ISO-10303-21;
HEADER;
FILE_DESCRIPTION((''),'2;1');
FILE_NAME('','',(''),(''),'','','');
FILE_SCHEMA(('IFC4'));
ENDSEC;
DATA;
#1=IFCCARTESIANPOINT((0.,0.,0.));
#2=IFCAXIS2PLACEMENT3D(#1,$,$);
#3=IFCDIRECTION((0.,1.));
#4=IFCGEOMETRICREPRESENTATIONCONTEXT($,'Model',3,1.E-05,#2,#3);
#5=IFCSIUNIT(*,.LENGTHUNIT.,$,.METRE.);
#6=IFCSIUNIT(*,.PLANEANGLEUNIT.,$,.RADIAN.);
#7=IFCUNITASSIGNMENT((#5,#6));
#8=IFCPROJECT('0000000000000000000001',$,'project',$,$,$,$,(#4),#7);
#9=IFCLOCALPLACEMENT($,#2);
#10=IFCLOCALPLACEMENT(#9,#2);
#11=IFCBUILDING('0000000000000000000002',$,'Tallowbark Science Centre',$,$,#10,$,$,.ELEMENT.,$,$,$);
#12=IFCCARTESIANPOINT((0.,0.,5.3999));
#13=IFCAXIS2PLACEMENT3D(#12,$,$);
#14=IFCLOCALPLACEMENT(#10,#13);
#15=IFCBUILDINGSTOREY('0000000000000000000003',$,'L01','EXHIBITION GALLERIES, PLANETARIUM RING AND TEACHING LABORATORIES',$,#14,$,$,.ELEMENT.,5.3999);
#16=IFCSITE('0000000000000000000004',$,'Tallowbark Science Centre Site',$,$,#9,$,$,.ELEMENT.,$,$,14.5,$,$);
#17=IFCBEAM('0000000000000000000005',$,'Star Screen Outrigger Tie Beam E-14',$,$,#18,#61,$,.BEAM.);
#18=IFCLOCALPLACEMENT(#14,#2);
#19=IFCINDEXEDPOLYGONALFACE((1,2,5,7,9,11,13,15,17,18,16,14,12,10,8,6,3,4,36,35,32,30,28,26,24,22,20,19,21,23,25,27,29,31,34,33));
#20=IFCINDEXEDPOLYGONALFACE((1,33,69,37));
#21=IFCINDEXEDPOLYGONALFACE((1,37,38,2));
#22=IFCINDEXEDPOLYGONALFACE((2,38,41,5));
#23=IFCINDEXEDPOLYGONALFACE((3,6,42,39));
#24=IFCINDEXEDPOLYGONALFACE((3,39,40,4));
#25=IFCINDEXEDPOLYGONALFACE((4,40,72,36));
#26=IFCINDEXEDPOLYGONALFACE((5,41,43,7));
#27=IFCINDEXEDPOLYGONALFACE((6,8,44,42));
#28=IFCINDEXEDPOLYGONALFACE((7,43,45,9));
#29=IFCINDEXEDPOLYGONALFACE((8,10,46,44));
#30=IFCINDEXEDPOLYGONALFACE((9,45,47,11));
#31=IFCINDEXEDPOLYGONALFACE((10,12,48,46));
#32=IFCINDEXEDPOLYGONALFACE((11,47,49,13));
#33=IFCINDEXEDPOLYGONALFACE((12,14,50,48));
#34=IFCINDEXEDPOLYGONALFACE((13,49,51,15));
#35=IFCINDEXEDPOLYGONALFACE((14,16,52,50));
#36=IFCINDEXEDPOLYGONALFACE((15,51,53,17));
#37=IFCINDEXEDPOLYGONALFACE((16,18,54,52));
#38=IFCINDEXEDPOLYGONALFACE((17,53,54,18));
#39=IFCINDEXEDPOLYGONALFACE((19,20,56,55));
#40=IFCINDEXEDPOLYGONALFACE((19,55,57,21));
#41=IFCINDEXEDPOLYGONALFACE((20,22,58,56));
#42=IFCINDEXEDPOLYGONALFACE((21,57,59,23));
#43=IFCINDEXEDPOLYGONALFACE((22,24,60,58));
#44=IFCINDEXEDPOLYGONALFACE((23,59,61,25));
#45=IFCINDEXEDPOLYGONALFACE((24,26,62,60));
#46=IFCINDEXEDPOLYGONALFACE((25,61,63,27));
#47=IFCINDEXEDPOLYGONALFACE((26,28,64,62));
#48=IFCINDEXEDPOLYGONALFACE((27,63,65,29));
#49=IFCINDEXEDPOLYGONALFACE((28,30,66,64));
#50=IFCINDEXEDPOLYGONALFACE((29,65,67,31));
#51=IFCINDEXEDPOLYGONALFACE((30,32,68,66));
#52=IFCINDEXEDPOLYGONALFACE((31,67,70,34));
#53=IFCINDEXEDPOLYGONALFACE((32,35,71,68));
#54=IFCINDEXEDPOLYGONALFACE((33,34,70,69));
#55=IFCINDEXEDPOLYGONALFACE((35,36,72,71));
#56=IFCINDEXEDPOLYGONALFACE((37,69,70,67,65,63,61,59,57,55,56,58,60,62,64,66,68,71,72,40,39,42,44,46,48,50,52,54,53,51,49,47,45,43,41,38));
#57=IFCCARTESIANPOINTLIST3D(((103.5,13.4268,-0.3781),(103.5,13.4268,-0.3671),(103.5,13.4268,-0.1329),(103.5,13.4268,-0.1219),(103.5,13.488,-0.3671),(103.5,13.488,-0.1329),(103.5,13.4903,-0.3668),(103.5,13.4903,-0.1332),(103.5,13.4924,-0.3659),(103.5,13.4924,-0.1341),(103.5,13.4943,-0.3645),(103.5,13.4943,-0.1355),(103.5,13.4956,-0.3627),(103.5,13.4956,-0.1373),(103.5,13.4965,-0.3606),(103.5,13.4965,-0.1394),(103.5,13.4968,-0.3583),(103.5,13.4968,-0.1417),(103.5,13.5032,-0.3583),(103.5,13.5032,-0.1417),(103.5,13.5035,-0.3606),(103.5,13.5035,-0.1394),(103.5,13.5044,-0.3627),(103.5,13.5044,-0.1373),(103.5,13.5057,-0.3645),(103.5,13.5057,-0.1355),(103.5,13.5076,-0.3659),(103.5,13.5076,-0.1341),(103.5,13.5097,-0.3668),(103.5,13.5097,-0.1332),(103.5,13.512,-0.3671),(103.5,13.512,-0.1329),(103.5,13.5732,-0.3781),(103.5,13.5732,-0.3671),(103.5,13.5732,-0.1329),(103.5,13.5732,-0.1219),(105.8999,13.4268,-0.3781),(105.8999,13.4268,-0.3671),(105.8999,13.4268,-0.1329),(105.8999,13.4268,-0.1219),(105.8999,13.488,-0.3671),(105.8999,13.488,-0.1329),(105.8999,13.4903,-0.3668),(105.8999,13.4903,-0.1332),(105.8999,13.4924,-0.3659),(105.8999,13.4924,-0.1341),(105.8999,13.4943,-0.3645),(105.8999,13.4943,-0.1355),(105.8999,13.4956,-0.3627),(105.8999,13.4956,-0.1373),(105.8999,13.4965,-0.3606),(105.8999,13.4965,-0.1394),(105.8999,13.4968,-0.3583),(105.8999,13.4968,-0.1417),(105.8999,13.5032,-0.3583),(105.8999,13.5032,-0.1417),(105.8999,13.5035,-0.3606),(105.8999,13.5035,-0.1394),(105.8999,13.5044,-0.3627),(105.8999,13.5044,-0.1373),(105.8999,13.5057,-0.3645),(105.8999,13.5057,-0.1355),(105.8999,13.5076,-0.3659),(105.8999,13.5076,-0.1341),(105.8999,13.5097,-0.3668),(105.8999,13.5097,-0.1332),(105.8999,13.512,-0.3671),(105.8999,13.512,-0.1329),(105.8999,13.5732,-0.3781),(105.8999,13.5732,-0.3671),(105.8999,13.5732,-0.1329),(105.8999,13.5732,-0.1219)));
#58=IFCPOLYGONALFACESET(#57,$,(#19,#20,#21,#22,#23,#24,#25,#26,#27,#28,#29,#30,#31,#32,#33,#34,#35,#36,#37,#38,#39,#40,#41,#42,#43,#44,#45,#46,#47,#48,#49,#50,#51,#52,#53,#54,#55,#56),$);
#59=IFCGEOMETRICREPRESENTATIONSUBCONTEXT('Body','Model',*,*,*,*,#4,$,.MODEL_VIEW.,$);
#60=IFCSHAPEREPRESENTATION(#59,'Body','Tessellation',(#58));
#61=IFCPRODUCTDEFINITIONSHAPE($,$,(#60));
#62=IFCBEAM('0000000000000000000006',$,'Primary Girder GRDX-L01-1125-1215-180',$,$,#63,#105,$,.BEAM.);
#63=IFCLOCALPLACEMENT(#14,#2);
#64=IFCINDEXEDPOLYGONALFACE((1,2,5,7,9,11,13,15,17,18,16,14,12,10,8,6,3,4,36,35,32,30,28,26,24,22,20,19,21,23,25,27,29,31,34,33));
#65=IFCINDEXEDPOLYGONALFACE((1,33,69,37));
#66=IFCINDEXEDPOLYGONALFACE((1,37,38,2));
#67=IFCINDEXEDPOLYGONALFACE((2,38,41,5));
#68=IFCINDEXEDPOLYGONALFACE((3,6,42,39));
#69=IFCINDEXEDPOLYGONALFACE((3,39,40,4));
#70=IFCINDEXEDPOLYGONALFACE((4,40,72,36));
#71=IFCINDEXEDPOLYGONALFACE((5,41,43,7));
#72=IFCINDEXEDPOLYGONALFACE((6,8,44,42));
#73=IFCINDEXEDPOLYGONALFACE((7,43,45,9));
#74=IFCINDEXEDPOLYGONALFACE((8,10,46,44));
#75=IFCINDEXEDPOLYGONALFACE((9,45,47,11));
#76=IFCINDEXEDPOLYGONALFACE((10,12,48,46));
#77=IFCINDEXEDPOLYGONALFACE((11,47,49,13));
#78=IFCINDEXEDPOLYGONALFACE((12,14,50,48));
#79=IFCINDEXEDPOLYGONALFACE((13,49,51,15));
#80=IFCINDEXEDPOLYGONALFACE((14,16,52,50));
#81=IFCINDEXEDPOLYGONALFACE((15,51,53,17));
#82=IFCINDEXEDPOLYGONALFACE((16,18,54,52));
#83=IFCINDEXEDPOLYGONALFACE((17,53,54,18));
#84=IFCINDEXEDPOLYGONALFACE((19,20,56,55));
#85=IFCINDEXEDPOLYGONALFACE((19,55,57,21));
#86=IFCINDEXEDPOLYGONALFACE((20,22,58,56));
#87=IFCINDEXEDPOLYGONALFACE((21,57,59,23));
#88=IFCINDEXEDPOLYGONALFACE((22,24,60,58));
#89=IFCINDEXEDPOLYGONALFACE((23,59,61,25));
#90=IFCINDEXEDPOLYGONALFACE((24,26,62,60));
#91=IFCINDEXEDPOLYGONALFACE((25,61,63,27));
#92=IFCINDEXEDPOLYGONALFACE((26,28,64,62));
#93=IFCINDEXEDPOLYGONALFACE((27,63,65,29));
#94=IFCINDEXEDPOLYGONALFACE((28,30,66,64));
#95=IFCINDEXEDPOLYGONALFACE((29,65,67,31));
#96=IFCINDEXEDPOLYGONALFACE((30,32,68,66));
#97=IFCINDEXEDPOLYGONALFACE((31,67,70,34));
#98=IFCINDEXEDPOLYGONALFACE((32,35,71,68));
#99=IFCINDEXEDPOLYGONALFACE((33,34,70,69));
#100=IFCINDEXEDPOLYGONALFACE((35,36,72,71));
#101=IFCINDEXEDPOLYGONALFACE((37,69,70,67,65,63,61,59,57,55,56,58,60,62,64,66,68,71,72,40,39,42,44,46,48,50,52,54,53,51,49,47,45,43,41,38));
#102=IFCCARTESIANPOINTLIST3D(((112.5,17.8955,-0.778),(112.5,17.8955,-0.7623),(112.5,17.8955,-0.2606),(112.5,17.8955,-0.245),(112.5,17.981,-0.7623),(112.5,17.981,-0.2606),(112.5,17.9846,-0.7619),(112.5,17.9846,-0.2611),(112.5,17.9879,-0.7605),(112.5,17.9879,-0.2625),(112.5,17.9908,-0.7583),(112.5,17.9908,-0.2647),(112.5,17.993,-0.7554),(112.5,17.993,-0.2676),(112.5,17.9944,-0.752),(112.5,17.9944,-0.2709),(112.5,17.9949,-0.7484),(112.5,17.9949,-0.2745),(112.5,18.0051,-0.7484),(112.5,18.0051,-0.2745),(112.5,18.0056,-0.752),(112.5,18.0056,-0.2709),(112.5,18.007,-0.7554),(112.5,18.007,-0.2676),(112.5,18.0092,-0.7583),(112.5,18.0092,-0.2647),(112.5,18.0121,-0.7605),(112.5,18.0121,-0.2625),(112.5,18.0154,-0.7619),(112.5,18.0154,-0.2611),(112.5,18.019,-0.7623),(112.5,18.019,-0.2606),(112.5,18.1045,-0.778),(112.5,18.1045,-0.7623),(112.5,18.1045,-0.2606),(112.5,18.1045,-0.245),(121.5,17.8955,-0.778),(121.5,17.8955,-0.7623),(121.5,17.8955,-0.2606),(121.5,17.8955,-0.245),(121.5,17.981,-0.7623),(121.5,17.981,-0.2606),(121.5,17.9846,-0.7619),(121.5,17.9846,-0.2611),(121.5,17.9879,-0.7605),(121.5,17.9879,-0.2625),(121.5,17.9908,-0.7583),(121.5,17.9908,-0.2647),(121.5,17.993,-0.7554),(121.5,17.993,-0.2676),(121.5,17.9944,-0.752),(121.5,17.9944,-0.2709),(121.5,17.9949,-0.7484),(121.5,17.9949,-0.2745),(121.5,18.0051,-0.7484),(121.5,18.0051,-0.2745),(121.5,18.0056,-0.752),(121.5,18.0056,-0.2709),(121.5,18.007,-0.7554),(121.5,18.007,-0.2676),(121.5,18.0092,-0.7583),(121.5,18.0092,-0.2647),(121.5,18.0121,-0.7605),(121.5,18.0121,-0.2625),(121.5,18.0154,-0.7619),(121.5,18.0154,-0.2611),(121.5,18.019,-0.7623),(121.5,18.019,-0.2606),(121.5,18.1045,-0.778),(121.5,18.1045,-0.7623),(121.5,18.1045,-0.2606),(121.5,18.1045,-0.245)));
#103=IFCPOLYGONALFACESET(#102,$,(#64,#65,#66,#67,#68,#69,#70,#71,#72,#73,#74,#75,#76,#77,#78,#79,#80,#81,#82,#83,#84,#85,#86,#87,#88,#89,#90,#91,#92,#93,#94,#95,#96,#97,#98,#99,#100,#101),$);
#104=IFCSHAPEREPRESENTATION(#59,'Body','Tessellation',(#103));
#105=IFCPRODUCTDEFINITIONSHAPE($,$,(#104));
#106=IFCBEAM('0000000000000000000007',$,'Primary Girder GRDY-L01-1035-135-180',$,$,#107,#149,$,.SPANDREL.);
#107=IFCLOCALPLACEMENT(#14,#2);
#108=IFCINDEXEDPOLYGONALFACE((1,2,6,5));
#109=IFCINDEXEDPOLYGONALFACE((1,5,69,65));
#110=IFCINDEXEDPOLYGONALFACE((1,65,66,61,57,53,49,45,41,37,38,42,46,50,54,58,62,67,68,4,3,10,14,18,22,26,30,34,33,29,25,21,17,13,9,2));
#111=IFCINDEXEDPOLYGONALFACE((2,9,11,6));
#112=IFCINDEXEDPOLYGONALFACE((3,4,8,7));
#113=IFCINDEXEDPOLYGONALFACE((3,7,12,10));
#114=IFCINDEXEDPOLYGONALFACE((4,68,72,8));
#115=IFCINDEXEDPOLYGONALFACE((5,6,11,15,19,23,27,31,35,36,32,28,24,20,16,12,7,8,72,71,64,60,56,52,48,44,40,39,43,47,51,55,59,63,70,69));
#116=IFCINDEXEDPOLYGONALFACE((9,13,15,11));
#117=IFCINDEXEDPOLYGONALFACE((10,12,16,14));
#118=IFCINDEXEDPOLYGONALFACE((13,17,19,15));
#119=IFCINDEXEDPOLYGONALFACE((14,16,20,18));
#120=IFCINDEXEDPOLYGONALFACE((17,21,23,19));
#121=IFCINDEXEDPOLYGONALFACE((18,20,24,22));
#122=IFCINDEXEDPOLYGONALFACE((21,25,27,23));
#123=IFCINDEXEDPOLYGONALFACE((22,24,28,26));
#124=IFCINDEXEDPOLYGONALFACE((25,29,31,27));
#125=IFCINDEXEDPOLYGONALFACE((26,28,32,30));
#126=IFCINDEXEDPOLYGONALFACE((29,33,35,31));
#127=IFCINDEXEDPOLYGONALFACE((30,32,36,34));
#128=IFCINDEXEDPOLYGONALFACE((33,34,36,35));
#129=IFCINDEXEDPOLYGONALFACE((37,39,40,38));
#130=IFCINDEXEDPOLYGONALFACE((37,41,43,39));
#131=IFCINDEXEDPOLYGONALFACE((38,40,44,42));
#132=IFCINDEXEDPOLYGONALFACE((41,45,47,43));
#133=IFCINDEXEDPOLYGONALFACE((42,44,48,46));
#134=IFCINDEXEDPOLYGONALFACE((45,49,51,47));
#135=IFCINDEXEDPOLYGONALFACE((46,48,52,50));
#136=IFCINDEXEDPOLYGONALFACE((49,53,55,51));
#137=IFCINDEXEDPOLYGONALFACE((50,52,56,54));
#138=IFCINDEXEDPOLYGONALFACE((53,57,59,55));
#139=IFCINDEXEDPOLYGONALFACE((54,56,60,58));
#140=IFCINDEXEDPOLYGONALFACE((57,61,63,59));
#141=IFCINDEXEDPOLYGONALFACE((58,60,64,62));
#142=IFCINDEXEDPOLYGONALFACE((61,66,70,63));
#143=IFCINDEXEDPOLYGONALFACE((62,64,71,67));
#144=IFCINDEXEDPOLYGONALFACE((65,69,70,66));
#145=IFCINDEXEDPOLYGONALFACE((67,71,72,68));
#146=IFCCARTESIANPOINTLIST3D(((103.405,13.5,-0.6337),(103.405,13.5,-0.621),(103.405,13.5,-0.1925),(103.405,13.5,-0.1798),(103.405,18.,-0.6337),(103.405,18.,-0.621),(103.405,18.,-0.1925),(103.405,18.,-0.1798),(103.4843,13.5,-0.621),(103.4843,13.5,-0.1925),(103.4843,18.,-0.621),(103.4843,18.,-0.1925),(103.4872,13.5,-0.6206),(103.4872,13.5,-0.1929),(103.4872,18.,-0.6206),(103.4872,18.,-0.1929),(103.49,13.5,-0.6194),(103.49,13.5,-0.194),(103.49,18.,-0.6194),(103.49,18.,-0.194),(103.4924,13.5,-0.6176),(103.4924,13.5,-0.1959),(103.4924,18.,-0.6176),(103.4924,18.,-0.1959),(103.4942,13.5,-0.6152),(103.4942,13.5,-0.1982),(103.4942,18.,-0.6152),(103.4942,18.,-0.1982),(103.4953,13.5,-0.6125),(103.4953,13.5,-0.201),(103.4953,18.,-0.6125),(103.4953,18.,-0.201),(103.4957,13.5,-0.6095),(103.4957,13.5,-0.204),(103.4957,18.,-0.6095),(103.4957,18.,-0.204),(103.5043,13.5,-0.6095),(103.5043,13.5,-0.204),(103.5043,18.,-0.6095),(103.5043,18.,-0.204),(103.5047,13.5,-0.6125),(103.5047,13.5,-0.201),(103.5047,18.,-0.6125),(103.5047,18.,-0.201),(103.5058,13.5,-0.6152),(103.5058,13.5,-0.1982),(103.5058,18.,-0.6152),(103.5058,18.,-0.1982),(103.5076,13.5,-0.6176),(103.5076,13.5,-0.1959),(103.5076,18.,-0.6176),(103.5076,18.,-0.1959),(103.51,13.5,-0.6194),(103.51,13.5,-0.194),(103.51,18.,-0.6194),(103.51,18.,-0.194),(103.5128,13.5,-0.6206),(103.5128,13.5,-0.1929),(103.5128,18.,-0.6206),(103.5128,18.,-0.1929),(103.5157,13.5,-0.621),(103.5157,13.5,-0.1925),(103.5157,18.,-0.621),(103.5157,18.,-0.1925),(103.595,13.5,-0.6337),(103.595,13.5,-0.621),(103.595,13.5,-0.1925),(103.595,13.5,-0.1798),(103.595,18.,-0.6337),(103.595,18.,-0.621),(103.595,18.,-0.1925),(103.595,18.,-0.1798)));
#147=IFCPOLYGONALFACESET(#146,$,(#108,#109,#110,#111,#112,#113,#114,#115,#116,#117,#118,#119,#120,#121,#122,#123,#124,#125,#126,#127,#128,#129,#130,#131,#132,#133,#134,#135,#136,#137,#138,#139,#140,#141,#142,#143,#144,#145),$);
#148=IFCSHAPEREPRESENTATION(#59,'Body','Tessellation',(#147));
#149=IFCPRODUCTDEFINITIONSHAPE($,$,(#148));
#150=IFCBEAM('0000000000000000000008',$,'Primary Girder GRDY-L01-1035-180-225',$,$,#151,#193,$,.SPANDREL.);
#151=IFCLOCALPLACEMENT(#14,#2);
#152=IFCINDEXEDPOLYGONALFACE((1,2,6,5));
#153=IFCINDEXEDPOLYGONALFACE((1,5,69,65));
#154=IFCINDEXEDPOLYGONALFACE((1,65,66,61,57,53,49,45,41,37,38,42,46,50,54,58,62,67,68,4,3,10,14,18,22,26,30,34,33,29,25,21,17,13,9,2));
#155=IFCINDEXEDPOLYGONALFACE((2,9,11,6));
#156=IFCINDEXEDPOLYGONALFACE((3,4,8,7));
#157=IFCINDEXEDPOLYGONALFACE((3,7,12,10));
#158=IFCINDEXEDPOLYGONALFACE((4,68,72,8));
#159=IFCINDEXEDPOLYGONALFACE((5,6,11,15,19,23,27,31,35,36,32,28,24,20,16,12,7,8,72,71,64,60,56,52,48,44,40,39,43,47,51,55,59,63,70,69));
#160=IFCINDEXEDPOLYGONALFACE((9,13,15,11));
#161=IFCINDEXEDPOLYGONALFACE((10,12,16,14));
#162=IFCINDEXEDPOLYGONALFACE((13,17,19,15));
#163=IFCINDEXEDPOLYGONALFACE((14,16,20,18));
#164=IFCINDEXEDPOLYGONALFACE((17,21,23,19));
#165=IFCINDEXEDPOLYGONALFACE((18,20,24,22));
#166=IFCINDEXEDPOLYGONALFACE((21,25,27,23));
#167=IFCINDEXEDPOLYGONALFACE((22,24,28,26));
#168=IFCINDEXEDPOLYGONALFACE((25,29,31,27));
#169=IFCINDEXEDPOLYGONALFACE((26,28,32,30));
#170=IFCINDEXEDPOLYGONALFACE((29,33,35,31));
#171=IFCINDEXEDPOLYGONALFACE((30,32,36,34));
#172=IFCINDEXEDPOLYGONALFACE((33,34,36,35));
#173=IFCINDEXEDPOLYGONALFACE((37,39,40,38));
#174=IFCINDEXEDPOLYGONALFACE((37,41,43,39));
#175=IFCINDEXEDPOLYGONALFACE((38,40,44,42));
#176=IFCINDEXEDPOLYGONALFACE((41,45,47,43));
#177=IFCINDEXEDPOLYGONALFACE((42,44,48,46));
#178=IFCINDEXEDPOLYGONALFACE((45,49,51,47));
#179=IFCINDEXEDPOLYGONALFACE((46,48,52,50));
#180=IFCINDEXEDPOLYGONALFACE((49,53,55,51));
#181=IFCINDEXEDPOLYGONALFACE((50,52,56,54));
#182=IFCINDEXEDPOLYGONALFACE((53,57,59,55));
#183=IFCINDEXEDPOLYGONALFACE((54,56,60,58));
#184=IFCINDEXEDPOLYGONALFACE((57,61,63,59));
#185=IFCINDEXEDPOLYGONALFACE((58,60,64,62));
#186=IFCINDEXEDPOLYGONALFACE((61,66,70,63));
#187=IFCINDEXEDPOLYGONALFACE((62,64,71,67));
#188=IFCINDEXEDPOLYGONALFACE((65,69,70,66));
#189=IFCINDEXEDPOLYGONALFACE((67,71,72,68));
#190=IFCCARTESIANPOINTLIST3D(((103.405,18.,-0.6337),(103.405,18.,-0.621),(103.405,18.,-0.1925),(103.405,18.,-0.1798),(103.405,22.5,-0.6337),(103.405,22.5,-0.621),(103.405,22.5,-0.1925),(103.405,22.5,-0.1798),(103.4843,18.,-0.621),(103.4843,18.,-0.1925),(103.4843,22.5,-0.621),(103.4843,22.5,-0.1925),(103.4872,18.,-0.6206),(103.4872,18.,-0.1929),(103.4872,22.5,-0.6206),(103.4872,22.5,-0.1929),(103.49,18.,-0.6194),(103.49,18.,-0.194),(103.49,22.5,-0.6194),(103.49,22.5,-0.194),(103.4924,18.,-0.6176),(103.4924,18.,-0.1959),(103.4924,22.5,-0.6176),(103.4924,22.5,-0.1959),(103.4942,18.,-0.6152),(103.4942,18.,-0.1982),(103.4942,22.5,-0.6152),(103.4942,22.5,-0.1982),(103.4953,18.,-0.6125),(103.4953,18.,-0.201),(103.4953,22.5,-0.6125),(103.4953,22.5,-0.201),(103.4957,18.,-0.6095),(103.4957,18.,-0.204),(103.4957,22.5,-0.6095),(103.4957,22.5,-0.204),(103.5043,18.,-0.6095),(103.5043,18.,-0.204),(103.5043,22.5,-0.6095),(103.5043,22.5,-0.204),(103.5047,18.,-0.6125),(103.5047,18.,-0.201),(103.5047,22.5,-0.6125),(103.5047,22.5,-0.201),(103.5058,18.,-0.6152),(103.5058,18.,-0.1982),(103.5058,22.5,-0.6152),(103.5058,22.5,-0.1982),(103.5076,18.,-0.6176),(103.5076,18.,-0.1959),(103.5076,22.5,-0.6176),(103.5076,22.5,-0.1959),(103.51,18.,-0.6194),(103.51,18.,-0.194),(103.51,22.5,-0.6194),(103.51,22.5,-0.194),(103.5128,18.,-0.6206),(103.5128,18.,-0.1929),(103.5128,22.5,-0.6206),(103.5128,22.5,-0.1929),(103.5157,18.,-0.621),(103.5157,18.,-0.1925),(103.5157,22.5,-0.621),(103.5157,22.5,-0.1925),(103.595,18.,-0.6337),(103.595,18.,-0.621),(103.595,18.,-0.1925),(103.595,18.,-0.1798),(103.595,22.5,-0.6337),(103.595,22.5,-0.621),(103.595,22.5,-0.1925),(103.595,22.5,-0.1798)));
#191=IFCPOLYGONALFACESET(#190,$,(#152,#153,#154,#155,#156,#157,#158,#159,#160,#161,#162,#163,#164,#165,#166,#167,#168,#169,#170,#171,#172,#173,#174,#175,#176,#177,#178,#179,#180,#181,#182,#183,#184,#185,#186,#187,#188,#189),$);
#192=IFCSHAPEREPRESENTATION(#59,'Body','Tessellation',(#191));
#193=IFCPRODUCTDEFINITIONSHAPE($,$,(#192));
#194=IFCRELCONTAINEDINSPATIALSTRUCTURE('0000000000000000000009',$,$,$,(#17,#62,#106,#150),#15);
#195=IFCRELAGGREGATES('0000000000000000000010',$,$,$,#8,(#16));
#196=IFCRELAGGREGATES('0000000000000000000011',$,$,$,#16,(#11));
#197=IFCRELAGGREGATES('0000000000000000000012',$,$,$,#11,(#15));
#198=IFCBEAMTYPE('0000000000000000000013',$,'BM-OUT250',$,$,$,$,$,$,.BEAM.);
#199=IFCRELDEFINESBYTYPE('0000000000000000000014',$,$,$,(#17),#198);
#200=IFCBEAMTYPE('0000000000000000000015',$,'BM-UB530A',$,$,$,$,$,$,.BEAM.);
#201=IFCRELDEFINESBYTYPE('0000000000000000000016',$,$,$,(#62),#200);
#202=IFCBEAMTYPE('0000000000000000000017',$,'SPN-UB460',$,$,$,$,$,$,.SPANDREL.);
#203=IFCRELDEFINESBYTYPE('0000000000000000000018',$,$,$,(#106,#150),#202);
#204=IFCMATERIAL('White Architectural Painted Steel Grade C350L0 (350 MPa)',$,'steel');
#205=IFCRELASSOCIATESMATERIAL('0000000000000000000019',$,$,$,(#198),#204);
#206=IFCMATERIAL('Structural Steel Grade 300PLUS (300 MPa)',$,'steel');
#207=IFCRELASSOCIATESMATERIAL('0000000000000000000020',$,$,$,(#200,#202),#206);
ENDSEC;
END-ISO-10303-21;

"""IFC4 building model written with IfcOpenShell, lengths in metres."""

from ifc_helpers import new_model, si_unit, direction, frame, origin, origin_2d, place, context, subcontext, project, spatial, i_section, extrude, material, material_profile, profile_set, type_object, element, save


model = new_model("IFC4")

# Units and contexts
model_context = context("Model", 3, precision=1e-05, world=origin(), true_north=direction((0.0, 1.0)))
body_context = subcontext(model_context, "Body", "Model", "MODEL_VIEW")
ifc_project = project(units=[si_unit("LENGTHUNIT", "METRE"), si_unit("PLANEANGLEUNIT", "RADIAN")], contexts=[model_context])

# Site, building, storey
site_placement = place(None, origin())
site = spatial("IfcSite", under=ifc_project, at=site_placement, Name="Tallowbark Science Centre Site", CompositionType="ELEMENT", RefElevation=14.5)
building_placement = place(site_placement, origin())
building = spatial("IfcBuilding", under=site, at=building_placement, Name="Tallowbark Science Centre", CompositionType="ELEMENT")
storey_placement = place(building_placement, frame((0.0, 0.0, 5.3999)))
storey = spatial("IfcBuildingStorey", under=building, at=storey_placement, Name="L01", Description="EXHIBITION GALLERIES, PLANETARIUM RING AND TEACHING LABORATORIES", CompositionType="ELEMENT", Elevation=5.3999)

# Shared definitions
ifc_material_1 = material(Name="White Architectural Painted Steel Grade C350L0 (350 MPa)", Category="steel")
ifc_material_2 = material(Name="Structural Steel Grade 300PLUS (300 MPa)", Category="steel")

# Beams
ifc_material_profile_1 = material_profile(ifc_material_1, i_section(OverallWidth=0.1465, OverallDepth=0.2561, WebThickness=0.0063, FlangeThickness=0.011, FilletRadius=0.0088, at=origin_2d()), Name="250UB37.3")
ifc_profile_set_1 = profile_set([ifc_material_profile_1], Name="White Architectural Painted Steel Grade C350L0 (350 MPa)")
beam_type_1 = type_object("IfcBeamType", Name="BM-OUT250", PredefinedType="BEAM", material=ifc_profile_set_1)
beam_1_placement = place(storey_placement, frame((103.5, 13.5, -0.25), z_axis=(1.0, 0.0, 0.0), x_axis=(0.0, 1.0, 0.0)))
element("IfcBeam", 1, at=beam_1_placement, inside=storey, type_object=beam_type_1, Name="Star Screen Outrigger Tie Beam E-14", PredefinedType="BEAM", context=body_context, shape_type="SweptSolid", body=[
    extrude(i_section(OverallWidth=0.1465, OverallDepth=0.2561, WebThickness=0.0063, FlangeThickness=0.011, FilletRadius=0.0088, at=origin_2d()), origin(), (0.0, 0.0, 1.0), 2.3999),
])
ifc_material_profile_2 = material_profile(ifc_material_2, i_section(OverallWidth=0.209, OverallDepth=0.533, WebThickness=0.0103, FlangeThickness=0.0156, FilletRadius=0.0139, at=origin_2d()), Name="530UB92.4")
ifc_profile_set_2 = profile_set([ifc_material_profile_2], Name="Structural Steel Grade 300PLUS (300 MPa)")
beam_type_2 = type_object("IfcBeamType", Name="BM-UB530A", PredefinedType="BEAM", material=ifc_profile_set_2)
beam_2_placement = place(storey_placement, frame((112.5, 18.0, -0.5115), z_axis=(1.0, 0.0, 0.0), x_axis=(0.0, 1.0, 0.0)))
element("IfcBeam", 2, at=beam_2_placement, inside=storey, type_object=beam_type_2, Name="Primary Girder GRDX-L01-1125-1215-180", PredefinedType="BEAM", context=body_context, shape_type="SweptSolid", body=[
    extrude(i_section(OverallWidth=0.209, OverallDepth=0.533, WebThickness=0.0103, FlangeThickness=0.0156, FilletRadius=0.0139, at=origin_2d()), origin(), (0.0, 0.0, 1.0), 9.0),
])
ifc_material_profile_3 = material_profile(ifc_material_2, i_section(OverallWidth=0.1899, OverallDepth=0.4539, WebThickness=0.0085, FlangeThickness=0.0127, FilletRadius=0.0115, at=origin_2d()), Name="460UB67.1")
ifc_profile_set_3 = profile_set([ifc_material_profile_3], Name="Structural Steel Grade 300PLUS (300 MPa)")
beam_type_3 = type_object("IfcBeamType", Name="SPN-UB460", PredefinedType="SPANDREL", material=ifc_profile_set_3)
for number, where, z_axis, x_axis, name in (
    (3, (103.5, 13.5, -0.4067), (0.0, 1.0, 0.0), (-1.0, 0.0, 0.0), "Primary Girder GRDY-L01-1035-135-180"),
    (4, (103.5, 18.0, -0.4067), (0.0, 1.0, 0.0), (-1.0, 0.0, 0.0), "Primary Girder GRDY-L01-1035-180-225"),
):
    element("IfcBeam", number, at=place(storey_placement, frame(where, z_axis=z_axis, x_axis=x_axis)), inside=storey, type_object=beam_type_3, Name=name, PredefinedType="SPANDREL", context=body_context, shape_type="SweptSolid", body=[
        extrude(i_section(OverallWidth=0.1899, OverallDepth=0.4539, WebThickness=0.0085, FlangeThickness=0.0127, FilletRadius=0.0115, at=origin_2d()), origin(), (0.0, 0.0, 1.0), 4.5),
    ])

save(model, "model.ifc")
